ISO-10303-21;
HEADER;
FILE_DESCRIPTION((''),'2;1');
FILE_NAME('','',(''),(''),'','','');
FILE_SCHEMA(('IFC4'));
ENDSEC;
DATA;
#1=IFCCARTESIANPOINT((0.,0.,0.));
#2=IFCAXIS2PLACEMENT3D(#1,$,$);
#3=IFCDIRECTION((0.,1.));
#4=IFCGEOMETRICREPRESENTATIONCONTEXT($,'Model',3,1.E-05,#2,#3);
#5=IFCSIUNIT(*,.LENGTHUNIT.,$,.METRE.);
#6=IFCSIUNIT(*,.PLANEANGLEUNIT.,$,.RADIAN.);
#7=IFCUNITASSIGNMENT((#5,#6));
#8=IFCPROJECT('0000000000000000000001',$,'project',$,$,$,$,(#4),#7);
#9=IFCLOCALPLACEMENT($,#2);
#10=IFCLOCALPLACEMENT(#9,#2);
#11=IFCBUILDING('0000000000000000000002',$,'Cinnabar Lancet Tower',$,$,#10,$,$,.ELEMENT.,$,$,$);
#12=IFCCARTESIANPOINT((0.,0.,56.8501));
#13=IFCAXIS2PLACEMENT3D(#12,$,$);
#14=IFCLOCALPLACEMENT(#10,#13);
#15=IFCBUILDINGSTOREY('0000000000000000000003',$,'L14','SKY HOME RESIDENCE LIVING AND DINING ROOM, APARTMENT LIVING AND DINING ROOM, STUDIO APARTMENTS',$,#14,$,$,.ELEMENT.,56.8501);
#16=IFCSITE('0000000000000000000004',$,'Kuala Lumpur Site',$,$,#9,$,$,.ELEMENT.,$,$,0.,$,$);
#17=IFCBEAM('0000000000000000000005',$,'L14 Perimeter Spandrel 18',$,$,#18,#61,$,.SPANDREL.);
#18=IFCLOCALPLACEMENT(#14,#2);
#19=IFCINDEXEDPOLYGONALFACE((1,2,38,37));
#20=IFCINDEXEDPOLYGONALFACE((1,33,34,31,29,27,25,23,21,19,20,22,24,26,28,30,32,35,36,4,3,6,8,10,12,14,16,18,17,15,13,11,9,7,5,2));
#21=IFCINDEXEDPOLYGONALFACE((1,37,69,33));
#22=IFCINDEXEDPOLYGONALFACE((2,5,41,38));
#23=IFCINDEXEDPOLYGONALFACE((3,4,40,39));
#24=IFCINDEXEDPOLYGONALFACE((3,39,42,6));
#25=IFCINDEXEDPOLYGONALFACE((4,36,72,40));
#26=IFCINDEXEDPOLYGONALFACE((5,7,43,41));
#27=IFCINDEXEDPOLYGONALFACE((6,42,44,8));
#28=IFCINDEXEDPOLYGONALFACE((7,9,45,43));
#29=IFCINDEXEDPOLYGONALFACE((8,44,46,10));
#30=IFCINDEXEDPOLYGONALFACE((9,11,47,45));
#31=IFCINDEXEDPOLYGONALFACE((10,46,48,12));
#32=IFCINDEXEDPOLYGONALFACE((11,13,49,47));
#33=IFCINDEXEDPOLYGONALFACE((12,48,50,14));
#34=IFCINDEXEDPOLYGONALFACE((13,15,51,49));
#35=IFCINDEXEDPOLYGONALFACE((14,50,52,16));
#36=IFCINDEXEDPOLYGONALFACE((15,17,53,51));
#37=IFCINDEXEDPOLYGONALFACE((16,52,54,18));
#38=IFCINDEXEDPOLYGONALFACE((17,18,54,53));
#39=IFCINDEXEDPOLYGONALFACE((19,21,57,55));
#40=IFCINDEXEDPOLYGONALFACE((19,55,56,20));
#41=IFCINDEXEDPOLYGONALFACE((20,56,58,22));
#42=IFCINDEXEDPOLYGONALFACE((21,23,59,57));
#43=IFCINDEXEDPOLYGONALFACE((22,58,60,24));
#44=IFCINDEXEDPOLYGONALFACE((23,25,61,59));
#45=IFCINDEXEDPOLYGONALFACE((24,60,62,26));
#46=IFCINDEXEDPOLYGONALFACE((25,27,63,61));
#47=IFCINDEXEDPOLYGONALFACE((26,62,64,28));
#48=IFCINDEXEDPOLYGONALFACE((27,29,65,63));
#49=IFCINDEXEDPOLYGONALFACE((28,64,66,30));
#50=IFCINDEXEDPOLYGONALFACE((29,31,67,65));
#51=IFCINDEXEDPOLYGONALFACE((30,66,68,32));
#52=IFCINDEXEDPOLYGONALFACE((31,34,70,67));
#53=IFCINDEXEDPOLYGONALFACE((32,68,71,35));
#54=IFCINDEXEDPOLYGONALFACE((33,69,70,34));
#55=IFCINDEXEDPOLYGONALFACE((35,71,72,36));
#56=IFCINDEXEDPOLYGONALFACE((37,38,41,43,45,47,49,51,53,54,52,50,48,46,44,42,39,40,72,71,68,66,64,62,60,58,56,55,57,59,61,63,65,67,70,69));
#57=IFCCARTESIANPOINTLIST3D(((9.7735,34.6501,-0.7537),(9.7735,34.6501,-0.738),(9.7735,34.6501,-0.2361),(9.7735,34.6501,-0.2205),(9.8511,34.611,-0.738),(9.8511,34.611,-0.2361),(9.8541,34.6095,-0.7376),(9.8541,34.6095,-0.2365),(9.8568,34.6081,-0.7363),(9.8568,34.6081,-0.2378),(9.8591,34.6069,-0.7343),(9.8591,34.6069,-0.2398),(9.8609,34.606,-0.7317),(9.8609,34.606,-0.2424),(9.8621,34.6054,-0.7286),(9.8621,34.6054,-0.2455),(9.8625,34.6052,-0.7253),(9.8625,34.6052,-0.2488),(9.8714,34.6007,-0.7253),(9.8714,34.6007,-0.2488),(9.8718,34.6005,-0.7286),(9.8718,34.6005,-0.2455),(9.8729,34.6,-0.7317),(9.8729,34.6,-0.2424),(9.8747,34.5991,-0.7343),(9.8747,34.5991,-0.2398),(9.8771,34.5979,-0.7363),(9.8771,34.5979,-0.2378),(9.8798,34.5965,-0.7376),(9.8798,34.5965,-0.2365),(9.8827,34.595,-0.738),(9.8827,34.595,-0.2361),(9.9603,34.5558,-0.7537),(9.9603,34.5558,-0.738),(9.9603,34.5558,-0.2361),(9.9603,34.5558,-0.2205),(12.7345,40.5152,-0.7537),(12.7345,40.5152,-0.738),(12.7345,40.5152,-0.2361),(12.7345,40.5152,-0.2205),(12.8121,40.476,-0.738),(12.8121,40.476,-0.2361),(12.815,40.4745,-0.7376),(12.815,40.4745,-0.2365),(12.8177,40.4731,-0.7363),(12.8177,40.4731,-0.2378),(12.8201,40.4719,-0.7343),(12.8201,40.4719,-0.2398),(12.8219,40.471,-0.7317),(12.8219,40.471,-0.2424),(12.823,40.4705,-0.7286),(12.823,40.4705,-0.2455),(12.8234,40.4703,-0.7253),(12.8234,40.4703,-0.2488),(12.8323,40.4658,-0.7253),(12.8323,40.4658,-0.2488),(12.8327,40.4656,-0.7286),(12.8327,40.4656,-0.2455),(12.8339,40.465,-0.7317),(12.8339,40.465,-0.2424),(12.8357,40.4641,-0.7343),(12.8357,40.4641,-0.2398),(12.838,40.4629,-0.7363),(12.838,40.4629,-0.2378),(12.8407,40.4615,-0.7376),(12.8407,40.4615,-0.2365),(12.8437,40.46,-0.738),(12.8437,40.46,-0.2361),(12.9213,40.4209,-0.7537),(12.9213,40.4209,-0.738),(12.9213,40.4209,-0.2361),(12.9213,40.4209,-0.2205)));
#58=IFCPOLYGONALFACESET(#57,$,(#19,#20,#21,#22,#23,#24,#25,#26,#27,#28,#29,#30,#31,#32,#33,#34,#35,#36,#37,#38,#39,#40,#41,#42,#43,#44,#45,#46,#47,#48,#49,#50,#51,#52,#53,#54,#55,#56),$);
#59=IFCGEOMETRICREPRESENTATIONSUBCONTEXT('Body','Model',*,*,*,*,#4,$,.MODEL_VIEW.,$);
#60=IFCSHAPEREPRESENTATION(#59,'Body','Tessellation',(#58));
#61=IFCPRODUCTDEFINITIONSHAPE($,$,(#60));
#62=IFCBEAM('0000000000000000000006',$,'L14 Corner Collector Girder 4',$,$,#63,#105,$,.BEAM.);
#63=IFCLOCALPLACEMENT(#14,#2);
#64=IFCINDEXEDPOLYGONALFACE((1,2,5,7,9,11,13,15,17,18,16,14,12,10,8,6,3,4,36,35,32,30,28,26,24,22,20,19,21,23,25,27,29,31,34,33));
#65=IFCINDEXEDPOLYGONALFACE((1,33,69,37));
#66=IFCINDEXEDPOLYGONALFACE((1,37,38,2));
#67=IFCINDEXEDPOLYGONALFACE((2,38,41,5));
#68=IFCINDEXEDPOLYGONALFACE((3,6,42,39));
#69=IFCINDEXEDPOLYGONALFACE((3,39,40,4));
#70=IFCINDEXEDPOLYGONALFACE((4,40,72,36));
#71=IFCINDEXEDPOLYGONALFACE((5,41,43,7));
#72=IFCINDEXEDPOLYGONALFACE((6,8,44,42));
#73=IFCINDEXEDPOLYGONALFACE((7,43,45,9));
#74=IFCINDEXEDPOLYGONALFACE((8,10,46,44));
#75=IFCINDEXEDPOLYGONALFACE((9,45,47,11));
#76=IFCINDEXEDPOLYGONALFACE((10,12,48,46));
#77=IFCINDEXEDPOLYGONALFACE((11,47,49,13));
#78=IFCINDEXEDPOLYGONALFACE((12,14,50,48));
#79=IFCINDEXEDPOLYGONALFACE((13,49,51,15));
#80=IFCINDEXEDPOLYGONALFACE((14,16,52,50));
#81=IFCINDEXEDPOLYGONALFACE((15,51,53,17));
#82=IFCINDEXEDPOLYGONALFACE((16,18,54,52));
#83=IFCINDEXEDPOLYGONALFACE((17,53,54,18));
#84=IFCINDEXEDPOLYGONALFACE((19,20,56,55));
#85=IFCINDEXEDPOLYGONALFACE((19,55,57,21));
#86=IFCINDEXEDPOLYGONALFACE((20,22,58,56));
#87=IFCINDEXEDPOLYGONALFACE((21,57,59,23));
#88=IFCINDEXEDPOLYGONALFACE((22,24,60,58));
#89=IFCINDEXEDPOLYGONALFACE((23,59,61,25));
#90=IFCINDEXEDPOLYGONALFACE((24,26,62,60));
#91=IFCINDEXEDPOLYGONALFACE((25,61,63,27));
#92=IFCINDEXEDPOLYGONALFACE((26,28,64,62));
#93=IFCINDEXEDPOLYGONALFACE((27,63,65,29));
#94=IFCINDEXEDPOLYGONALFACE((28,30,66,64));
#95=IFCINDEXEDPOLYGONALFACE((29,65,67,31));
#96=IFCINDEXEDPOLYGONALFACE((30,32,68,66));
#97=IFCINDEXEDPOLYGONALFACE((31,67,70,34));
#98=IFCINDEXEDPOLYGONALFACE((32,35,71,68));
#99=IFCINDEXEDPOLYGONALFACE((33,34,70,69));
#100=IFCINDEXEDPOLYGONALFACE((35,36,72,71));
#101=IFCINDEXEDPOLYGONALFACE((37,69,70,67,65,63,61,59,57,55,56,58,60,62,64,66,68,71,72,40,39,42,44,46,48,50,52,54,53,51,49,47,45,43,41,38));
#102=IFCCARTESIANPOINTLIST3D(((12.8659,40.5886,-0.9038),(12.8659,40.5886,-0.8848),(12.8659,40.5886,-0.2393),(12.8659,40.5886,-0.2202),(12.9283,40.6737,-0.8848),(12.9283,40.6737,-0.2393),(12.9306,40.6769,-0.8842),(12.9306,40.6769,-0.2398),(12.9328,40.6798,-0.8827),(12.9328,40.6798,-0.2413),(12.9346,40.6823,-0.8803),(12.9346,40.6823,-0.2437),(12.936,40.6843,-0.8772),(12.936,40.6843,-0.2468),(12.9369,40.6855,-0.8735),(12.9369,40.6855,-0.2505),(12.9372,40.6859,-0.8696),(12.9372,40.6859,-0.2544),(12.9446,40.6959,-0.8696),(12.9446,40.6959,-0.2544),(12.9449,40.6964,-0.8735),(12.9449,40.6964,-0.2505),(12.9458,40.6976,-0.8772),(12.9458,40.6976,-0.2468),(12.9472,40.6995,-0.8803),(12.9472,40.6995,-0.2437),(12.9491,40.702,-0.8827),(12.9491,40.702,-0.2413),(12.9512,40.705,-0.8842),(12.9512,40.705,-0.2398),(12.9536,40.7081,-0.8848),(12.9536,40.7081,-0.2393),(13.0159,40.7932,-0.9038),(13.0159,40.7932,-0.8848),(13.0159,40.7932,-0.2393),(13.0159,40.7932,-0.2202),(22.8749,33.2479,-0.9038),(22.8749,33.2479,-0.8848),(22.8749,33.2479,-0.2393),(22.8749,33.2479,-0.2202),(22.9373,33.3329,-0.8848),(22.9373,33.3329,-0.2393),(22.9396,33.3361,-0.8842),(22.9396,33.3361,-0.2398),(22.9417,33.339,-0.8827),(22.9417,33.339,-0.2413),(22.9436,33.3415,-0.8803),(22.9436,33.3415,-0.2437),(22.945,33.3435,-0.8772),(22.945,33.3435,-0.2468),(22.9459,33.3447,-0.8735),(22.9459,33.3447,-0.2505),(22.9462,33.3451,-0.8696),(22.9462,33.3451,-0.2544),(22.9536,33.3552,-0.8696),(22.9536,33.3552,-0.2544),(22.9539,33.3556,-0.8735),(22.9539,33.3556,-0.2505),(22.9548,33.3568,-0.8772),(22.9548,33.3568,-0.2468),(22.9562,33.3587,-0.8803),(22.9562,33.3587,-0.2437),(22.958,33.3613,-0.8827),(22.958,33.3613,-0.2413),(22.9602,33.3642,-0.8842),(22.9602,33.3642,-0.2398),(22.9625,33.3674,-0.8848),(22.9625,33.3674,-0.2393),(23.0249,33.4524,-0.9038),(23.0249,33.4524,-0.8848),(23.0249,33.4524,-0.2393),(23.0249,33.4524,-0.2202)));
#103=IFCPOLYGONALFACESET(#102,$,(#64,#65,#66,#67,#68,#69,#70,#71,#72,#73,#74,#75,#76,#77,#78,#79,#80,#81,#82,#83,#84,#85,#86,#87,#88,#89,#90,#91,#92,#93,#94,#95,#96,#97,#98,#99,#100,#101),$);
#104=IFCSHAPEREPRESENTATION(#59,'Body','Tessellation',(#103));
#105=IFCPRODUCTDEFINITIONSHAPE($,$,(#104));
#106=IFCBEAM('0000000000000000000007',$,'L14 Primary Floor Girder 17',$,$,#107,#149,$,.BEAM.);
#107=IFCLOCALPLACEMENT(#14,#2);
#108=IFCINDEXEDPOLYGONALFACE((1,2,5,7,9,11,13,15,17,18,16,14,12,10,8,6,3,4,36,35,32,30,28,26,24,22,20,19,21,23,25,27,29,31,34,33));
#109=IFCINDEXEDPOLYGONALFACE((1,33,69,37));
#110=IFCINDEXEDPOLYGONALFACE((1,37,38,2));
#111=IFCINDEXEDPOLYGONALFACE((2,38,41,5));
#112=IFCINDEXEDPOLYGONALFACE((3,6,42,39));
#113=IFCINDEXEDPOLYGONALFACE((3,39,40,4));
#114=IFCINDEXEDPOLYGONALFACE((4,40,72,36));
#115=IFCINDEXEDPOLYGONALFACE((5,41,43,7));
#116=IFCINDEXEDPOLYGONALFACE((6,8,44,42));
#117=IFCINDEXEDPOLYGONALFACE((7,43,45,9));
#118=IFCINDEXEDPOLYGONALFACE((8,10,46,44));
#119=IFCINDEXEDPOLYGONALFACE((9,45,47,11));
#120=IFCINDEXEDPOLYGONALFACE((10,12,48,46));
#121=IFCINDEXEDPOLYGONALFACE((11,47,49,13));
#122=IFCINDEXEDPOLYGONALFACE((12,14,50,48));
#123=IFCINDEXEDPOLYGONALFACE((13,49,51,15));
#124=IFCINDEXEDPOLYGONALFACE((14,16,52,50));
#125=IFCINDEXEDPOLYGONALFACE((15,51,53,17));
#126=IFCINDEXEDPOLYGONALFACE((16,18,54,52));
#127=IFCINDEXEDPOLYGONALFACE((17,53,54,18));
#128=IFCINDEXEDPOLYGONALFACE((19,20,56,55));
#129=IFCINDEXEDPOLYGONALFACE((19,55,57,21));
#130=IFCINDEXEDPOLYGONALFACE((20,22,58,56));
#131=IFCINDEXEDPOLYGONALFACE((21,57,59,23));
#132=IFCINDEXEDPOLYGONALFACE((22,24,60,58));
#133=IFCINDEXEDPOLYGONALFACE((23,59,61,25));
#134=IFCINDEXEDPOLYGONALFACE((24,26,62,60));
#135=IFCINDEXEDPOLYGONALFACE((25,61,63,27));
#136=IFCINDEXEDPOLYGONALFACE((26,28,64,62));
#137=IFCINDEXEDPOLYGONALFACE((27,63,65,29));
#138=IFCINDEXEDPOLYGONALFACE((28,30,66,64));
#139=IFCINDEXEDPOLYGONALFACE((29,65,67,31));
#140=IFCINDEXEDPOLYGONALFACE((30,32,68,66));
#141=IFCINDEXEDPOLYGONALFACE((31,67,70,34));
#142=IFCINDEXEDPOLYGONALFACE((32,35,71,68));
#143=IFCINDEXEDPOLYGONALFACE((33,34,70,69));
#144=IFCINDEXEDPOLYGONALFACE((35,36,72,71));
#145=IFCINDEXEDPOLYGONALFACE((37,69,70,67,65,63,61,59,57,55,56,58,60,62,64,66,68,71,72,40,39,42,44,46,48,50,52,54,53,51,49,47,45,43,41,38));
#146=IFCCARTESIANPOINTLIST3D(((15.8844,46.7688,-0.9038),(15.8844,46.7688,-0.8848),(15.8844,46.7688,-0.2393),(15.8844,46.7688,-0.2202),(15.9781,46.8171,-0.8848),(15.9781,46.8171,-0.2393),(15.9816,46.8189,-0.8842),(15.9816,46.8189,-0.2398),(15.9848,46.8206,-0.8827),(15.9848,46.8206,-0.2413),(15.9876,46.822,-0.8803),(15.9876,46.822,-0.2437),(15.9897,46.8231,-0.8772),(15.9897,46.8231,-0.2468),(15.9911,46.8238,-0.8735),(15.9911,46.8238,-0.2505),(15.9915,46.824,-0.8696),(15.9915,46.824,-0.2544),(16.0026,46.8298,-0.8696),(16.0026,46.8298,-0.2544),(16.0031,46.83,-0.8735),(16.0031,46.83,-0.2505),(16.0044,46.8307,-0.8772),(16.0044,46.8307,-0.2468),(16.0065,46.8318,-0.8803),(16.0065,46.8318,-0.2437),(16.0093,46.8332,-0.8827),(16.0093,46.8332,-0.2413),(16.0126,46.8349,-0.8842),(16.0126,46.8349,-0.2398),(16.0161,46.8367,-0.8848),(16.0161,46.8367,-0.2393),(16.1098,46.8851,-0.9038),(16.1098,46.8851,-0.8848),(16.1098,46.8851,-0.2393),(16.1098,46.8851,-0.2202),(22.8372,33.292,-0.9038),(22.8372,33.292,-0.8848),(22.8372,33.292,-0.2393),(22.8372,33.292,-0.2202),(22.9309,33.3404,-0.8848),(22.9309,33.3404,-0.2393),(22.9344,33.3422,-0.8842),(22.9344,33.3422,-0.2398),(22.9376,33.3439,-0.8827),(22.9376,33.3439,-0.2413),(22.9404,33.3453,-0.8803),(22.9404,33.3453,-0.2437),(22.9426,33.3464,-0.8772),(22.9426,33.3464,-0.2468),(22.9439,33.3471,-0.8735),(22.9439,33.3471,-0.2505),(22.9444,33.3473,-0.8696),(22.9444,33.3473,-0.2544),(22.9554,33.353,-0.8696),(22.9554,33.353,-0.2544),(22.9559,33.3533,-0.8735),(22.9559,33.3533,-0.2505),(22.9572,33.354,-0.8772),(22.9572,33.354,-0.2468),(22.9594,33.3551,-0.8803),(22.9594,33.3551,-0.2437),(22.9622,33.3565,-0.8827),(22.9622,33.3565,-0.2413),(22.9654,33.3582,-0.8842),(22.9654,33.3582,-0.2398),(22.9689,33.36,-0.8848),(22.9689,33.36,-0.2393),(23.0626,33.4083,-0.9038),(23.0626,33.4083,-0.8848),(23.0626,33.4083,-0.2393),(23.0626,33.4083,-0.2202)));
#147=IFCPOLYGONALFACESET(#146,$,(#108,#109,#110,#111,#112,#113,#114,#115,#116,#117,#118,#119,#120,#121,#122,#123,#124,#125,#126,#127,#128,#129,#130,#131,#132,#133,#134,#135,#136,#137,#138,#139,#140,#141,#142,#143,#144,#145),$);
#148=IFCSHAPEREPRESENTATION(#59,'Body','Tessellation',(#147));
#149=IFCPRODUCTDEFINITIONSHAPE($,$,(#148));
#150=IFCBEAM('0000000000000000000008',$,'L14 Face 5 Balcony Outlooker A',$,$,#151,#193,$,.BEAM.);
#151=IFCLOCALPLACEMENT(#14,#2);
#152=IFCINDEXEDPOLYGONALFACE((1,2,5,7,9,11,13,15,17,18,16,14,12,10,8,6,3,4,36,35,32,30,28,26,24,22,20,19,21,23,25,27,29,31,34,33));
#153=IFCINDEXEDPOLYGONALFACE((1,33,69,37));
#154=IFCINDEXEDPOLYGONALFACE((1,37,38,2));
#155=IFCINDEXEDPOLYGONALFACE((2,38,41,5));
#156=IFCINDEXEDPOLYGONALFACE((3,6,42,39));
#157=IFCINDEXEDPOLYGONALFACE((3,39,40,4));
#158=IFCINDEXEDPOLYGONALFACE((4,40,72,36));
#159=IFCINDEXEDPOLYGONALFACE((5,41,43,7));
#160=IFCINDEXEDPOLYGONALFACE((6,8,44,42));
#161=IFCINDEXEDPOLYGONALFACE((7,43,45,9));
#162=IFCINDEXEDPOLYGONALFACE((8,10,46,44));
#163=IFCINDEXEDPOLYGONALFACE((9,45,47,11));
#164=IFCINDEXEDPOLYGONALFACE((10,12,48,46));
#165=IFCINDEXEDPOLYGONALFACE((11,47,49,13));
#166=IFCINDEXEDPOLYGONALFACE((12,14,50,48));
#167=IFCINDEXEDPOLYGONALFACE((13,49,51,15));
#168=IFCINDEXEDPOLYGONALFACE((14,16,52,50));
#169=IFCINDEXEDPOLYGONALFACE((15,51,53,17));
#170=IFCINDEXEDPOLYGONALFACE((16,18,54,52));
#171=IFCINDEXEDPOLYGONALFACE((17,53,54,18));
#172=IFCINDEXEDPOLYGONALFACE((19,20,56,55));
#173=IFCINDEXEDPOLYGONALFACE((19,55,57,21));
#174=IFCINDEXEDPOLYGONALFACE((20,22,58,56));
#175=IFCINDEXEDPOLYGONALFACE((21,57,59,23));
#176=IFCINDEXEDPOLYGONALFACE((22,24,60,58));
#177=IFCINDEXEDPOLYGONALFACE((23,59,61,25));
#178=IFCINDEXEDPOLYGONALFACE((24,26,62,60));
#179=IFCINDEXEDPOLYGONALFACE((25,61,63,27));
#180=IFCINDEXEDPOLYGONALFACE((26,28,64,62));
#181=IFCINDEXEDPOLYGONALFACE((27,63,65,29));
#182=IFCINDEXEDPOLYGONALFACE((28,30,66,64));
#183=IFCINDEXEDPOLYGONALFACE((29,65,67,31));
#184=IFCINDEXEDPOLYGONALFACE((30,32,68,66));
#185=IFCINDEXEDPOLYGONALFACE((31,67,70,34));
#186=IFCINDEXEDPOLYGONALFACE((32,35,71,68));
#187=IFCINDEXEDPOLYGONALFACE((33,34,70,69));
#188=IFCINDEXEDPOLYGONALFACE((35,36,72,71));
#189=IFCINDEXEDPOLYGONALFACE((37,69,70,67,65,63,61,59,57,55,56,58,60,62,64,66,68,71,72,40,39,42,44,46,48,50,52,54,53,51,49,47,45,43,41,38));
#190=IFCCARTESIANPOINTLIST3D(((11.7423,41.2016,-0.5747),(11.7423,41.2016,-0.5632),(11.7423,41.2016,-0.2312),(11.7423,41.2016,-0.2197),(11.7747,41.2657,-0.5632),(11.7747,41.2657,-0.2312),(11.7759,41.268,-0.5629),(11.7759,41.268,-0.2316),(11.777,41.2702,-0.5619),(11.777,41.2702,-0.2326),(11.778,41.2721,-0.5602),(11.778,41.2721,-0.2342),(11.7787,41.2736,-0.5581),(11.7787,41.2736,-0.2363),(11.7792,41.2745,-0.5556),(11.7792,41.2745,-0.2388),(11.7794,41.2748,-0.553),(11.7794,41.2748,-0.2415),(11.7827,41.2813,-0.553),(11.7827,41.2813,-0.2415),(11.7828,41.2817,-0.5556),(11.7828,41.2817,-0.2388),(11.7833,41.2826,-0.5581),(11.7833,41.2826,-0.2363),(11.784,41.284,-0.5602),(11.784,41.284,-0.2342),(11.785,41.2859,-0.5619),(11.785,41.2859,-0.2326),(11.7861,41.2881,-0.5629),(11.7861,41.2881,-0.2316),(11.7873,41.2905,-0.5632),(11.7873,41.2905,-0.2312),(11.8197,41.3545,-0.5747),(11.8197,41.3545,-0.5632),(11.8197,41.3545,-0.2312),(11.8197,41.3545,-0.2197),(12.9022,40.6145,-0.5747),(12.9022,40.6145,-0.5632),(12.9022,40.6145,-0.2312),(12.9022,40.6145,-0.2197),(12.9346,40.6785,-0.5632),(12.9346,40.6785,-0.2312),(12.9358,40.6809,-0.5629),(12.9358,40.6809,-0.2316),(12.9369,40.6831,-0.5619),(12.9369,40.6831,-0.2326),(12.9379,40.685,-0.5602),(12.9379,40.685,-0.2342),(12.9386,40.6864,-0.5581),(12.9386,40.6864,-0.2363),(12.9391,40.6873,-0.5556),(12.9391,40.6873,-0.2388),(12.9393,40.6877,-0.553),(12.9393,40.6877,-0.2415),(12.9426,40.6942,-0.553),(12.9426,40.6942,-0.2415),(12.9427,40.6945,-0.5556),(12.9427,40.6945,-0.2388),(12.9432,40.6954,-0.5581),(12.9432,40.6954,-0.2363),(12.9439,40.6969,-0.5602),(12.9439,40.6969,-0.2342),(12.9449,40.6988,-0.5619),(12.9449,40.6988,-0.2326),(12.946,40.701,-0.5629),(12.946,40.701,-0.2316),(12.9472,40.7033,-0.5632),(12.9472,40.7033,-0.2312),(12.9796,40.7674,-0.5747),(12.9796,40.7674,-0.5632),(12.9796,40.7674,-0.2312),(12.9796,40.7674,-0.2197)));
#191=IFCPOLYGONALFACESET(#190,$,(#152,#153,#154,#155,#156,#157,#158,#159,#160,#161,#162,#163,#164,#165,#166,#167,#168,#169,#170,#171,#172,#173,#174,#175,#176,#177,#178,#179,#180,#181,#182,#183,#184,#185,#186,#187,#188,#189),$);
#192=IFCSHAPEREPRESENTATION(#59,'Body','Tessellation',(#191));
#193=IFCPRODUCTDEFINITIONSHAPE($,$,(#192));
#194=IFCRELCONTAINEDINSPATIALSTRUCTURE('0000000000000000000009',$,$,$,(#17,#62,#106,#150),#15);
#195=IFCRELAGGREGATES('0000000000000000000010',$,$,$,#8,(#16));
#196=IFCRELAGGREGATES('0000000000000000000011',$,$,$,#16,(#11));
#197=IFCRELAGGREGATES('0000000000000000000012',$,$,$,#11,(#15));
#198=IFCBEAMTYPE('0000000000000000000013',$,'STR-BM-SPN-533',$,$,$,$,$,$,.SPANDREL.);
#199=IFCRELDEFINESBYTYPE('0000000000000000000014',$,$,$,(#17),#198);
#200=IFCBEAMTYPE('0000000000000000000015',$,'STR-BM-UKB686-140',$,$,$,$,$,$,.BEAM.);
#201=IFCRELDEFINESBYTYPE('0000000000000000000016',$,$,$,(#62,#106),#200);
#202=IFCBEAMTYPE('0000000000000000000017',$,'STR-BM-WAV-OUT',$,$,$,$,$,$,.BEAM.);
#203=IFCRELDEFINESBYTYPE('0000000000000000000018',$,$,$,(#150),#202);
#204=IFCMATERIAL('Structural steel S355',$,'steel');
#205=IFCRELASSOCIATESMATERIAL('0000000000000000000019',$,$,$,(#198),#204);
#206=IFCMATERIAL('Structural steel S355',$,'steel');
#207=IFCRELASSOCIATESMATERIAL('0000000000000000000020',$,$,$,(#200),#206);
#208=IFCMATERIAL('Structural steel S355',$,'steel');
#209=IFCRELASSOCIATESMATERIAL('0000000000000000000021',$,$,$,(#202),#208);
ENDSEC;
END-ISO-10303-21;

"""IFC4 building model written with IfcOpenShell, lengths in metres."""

from ifc_helpers import new_model, si_unit, direction, frame, origin, origin_2d, place, context, subcontext, project, spatial, i_section, extrude, material, material_profile, profile_set, type_object, element, save


model = new_model("IFC4")

# Units and contexts
model_context = context("Model", 3, precision=1e-05, world=origin(), true_north=direction((0.0, 1.0)))
body_context = subcontext(model_context, "Body", "Model", "MODEL_VIEW")
ifc_project = project(units=[si_unit("LENGTHUNIT", "METRE"), si_unit("PLANEANGLEUNIT", "RADIAN")], contexts=[model_context])

# Site, building, storey
site_placement = place(None, origin())
site = spatial("IfcSite", under=ifc_project, at=site_placement, Name="Kuala Lumpur Site", CompositionType="ELEMENT", RefElevation=0.0)
building_placement = place(site_placement, origin())
building = spatial("IfcBuilding", under=site, at=building_placement, Name="Cinnabar Lancet Tower", CompositionType="ELEMENT")
storey_placement = place(building_placement, frame((0.0, 0.0, 56.8501)))
storey = spatial("IfcBuildingStorey", under=building, at=storey_placement, Name="L14", Description="SKY HOME RESIDENCE LIVING AND DINING ROOM, APARTMENT LIVING AND DINING ROOM, STUDIO APARTMENTS", CompositionType="ELEMENT", Elevation=56.8501)

# Beams
ifc_material_1 = material(Name="Structural steel S355", Category="steel")
ifc_material_profile_1 = material_profile(ifc_material_1, i_section(OverallWidth=0.2092, OverallDepth=0.5332, WebThickness=0.01, FlangeThickness=0.0156, FilletRadius=0.0127, at=origin_2d()), Name="UKB 533x210x92")
ifc_profile_set_1 = profile_set([ifc_material_profile_1], Name="Structural steel S355")
beam_type_1 = type_object("IfcBeamType", Name="STR-BM-SPN-533", PredefinedType="SPANDREL", material=ifc_profile_set_1)
beam_1_placement = place(storey_placement, frame((12.8279, 40.468, -0.4871), z_axis=(-0.450674, -0.892689, 0.0), x_axis=(0.892689, -0.450674, 0.0)))
element("IfcBeam", 1, at=beam_1_placement, inside=storey, type_object=beam_type_1, Name="L14 Perimeter Spandrel 18", PredefinedType="SPANDREL", context=body_context, shape_type="SweptSolid", body=[
    extrude(i_section(OverallWidth=0.2092, OverallDepth=0.5332, WebThickness=0.01, FlangeThickness=0.0156, FilletRadius=0.0127, at=origin_2d()), origin(), (0.0, 0.0, 1.0), 6.5701),
])
ifc_material_2 = material(Name="Structural steel S355", Category="steel")
ifc_material_profile_2 = material_profile(ifc_material_2, i_section(OverallWidth=0.2537, OverallDepth=0.6836, WebThickness=0.0125, FlangeThickness=0.019, FilletRadius=0.0151, at=origin_2d()), Name="UKB 686x254x140")
ifc_profile_set_2 = profile_set([ifc_material_profile_2], Name="Structural steel S355")
beam_type_2 = type_object("IfcBeamType", Name="STR-BM-UKB686-140", PredefinedType="BEAM", material=ifc_profile_set_2)
beam_2_placement = place(storey_placement, frame((12.9409, 40.6909, -0.562), z_axis=(0.806372, -0.591409, 0.0), x_axis=(0.591409, 0.806372, 0.0)))
element("IfcBeam", 2, at=beam_2_placement, inside=storey, type_object=beam_type_2, Name="L14 Corner Collector Girder 4", PredefinedType="BEAM", context=body_context, shape_type="SweptSolid", body=[
    extrude(i_section(OverallWidth=0.2537, OverallDepth=0.6836, WebThickness=0.0125, FlangeThickness=0.019, FilletRadius=0.0151, at=origin_2d()), origin(), (0.0, 0.0, 1.0), 12.4124),
])
beam_3_placement = place(storey_placement, frame((15.9971, 46.8269, -0.562), z_axis=(0.458492, -0.888698, 0.0), x_axis=(0.888698, 0.458492, 0.0)))
element("IfcBeam", 3, at=beam_3_placement, inside=storey, type_object=beam_type_2, Name="L14 Primary Floor Girder 17", PredefinedType="BEAM", context=body_context, shape_type="SweptSolid", body=[
    extrude(i_section(OverallWidth=0.2537, OverallDepth=0.6836, WebThickness=0.0125, FlangeThickness=0.019, FilletRadius=0.0151, at=origin_2d()), origin(), (0.0, 0.0, 1.0), 15.1646),
])
ifc_material_3 = material(Name="Structural steel S355", Category="steel")
ifc_material_profile_3 = material_profile(ifc_material_3, i_section(OverallWidth=0.1714, OverallDepth=0.355, WebThickness=0.0073, FlangeThickness=0.0115, FilletRadius=0.0103, at=origin_2d()), Name="UKB 356x171x51")
ifc_profile_set_3 = profile_set([ifc_material_profile_3], Name="Structural steel S355")
beam_type_3 = type_object("IfcBeamType", Name="STR-BM-WAV-OUT", PredefinedType="BEAM", material=ifc_profile_set_3)
for number, where, z_axis, x_axis, name in (
    (4, (12.9409, 40.6909, -0.3972), (-0.8922, 0.45164, 0.0), (-0.45164, -0.8922, 0.0), "L14 Face 5 Balcony Outlooker A"),
):
    element("IfcBeam", number, at=place(storey_placement, frame(where, z_axis=z_axis, x_axis=x_axis)), inside=storey, type_object=beam_type_3, Name=name, PredefinedType="BEAM", context=body_context, shape_type="SweptSolid", body=[
        extrude(i_section(OverallWidth=0.1714, OverallDepth=0.355, WebThickness=0.0073, FlangeThickness=0.0115, FilletRadius=0.0103, at=origin_2d()), origin(), (0.0, 0.0, 1.0), 1.3),
    ])

save(model, "model.ifc")
